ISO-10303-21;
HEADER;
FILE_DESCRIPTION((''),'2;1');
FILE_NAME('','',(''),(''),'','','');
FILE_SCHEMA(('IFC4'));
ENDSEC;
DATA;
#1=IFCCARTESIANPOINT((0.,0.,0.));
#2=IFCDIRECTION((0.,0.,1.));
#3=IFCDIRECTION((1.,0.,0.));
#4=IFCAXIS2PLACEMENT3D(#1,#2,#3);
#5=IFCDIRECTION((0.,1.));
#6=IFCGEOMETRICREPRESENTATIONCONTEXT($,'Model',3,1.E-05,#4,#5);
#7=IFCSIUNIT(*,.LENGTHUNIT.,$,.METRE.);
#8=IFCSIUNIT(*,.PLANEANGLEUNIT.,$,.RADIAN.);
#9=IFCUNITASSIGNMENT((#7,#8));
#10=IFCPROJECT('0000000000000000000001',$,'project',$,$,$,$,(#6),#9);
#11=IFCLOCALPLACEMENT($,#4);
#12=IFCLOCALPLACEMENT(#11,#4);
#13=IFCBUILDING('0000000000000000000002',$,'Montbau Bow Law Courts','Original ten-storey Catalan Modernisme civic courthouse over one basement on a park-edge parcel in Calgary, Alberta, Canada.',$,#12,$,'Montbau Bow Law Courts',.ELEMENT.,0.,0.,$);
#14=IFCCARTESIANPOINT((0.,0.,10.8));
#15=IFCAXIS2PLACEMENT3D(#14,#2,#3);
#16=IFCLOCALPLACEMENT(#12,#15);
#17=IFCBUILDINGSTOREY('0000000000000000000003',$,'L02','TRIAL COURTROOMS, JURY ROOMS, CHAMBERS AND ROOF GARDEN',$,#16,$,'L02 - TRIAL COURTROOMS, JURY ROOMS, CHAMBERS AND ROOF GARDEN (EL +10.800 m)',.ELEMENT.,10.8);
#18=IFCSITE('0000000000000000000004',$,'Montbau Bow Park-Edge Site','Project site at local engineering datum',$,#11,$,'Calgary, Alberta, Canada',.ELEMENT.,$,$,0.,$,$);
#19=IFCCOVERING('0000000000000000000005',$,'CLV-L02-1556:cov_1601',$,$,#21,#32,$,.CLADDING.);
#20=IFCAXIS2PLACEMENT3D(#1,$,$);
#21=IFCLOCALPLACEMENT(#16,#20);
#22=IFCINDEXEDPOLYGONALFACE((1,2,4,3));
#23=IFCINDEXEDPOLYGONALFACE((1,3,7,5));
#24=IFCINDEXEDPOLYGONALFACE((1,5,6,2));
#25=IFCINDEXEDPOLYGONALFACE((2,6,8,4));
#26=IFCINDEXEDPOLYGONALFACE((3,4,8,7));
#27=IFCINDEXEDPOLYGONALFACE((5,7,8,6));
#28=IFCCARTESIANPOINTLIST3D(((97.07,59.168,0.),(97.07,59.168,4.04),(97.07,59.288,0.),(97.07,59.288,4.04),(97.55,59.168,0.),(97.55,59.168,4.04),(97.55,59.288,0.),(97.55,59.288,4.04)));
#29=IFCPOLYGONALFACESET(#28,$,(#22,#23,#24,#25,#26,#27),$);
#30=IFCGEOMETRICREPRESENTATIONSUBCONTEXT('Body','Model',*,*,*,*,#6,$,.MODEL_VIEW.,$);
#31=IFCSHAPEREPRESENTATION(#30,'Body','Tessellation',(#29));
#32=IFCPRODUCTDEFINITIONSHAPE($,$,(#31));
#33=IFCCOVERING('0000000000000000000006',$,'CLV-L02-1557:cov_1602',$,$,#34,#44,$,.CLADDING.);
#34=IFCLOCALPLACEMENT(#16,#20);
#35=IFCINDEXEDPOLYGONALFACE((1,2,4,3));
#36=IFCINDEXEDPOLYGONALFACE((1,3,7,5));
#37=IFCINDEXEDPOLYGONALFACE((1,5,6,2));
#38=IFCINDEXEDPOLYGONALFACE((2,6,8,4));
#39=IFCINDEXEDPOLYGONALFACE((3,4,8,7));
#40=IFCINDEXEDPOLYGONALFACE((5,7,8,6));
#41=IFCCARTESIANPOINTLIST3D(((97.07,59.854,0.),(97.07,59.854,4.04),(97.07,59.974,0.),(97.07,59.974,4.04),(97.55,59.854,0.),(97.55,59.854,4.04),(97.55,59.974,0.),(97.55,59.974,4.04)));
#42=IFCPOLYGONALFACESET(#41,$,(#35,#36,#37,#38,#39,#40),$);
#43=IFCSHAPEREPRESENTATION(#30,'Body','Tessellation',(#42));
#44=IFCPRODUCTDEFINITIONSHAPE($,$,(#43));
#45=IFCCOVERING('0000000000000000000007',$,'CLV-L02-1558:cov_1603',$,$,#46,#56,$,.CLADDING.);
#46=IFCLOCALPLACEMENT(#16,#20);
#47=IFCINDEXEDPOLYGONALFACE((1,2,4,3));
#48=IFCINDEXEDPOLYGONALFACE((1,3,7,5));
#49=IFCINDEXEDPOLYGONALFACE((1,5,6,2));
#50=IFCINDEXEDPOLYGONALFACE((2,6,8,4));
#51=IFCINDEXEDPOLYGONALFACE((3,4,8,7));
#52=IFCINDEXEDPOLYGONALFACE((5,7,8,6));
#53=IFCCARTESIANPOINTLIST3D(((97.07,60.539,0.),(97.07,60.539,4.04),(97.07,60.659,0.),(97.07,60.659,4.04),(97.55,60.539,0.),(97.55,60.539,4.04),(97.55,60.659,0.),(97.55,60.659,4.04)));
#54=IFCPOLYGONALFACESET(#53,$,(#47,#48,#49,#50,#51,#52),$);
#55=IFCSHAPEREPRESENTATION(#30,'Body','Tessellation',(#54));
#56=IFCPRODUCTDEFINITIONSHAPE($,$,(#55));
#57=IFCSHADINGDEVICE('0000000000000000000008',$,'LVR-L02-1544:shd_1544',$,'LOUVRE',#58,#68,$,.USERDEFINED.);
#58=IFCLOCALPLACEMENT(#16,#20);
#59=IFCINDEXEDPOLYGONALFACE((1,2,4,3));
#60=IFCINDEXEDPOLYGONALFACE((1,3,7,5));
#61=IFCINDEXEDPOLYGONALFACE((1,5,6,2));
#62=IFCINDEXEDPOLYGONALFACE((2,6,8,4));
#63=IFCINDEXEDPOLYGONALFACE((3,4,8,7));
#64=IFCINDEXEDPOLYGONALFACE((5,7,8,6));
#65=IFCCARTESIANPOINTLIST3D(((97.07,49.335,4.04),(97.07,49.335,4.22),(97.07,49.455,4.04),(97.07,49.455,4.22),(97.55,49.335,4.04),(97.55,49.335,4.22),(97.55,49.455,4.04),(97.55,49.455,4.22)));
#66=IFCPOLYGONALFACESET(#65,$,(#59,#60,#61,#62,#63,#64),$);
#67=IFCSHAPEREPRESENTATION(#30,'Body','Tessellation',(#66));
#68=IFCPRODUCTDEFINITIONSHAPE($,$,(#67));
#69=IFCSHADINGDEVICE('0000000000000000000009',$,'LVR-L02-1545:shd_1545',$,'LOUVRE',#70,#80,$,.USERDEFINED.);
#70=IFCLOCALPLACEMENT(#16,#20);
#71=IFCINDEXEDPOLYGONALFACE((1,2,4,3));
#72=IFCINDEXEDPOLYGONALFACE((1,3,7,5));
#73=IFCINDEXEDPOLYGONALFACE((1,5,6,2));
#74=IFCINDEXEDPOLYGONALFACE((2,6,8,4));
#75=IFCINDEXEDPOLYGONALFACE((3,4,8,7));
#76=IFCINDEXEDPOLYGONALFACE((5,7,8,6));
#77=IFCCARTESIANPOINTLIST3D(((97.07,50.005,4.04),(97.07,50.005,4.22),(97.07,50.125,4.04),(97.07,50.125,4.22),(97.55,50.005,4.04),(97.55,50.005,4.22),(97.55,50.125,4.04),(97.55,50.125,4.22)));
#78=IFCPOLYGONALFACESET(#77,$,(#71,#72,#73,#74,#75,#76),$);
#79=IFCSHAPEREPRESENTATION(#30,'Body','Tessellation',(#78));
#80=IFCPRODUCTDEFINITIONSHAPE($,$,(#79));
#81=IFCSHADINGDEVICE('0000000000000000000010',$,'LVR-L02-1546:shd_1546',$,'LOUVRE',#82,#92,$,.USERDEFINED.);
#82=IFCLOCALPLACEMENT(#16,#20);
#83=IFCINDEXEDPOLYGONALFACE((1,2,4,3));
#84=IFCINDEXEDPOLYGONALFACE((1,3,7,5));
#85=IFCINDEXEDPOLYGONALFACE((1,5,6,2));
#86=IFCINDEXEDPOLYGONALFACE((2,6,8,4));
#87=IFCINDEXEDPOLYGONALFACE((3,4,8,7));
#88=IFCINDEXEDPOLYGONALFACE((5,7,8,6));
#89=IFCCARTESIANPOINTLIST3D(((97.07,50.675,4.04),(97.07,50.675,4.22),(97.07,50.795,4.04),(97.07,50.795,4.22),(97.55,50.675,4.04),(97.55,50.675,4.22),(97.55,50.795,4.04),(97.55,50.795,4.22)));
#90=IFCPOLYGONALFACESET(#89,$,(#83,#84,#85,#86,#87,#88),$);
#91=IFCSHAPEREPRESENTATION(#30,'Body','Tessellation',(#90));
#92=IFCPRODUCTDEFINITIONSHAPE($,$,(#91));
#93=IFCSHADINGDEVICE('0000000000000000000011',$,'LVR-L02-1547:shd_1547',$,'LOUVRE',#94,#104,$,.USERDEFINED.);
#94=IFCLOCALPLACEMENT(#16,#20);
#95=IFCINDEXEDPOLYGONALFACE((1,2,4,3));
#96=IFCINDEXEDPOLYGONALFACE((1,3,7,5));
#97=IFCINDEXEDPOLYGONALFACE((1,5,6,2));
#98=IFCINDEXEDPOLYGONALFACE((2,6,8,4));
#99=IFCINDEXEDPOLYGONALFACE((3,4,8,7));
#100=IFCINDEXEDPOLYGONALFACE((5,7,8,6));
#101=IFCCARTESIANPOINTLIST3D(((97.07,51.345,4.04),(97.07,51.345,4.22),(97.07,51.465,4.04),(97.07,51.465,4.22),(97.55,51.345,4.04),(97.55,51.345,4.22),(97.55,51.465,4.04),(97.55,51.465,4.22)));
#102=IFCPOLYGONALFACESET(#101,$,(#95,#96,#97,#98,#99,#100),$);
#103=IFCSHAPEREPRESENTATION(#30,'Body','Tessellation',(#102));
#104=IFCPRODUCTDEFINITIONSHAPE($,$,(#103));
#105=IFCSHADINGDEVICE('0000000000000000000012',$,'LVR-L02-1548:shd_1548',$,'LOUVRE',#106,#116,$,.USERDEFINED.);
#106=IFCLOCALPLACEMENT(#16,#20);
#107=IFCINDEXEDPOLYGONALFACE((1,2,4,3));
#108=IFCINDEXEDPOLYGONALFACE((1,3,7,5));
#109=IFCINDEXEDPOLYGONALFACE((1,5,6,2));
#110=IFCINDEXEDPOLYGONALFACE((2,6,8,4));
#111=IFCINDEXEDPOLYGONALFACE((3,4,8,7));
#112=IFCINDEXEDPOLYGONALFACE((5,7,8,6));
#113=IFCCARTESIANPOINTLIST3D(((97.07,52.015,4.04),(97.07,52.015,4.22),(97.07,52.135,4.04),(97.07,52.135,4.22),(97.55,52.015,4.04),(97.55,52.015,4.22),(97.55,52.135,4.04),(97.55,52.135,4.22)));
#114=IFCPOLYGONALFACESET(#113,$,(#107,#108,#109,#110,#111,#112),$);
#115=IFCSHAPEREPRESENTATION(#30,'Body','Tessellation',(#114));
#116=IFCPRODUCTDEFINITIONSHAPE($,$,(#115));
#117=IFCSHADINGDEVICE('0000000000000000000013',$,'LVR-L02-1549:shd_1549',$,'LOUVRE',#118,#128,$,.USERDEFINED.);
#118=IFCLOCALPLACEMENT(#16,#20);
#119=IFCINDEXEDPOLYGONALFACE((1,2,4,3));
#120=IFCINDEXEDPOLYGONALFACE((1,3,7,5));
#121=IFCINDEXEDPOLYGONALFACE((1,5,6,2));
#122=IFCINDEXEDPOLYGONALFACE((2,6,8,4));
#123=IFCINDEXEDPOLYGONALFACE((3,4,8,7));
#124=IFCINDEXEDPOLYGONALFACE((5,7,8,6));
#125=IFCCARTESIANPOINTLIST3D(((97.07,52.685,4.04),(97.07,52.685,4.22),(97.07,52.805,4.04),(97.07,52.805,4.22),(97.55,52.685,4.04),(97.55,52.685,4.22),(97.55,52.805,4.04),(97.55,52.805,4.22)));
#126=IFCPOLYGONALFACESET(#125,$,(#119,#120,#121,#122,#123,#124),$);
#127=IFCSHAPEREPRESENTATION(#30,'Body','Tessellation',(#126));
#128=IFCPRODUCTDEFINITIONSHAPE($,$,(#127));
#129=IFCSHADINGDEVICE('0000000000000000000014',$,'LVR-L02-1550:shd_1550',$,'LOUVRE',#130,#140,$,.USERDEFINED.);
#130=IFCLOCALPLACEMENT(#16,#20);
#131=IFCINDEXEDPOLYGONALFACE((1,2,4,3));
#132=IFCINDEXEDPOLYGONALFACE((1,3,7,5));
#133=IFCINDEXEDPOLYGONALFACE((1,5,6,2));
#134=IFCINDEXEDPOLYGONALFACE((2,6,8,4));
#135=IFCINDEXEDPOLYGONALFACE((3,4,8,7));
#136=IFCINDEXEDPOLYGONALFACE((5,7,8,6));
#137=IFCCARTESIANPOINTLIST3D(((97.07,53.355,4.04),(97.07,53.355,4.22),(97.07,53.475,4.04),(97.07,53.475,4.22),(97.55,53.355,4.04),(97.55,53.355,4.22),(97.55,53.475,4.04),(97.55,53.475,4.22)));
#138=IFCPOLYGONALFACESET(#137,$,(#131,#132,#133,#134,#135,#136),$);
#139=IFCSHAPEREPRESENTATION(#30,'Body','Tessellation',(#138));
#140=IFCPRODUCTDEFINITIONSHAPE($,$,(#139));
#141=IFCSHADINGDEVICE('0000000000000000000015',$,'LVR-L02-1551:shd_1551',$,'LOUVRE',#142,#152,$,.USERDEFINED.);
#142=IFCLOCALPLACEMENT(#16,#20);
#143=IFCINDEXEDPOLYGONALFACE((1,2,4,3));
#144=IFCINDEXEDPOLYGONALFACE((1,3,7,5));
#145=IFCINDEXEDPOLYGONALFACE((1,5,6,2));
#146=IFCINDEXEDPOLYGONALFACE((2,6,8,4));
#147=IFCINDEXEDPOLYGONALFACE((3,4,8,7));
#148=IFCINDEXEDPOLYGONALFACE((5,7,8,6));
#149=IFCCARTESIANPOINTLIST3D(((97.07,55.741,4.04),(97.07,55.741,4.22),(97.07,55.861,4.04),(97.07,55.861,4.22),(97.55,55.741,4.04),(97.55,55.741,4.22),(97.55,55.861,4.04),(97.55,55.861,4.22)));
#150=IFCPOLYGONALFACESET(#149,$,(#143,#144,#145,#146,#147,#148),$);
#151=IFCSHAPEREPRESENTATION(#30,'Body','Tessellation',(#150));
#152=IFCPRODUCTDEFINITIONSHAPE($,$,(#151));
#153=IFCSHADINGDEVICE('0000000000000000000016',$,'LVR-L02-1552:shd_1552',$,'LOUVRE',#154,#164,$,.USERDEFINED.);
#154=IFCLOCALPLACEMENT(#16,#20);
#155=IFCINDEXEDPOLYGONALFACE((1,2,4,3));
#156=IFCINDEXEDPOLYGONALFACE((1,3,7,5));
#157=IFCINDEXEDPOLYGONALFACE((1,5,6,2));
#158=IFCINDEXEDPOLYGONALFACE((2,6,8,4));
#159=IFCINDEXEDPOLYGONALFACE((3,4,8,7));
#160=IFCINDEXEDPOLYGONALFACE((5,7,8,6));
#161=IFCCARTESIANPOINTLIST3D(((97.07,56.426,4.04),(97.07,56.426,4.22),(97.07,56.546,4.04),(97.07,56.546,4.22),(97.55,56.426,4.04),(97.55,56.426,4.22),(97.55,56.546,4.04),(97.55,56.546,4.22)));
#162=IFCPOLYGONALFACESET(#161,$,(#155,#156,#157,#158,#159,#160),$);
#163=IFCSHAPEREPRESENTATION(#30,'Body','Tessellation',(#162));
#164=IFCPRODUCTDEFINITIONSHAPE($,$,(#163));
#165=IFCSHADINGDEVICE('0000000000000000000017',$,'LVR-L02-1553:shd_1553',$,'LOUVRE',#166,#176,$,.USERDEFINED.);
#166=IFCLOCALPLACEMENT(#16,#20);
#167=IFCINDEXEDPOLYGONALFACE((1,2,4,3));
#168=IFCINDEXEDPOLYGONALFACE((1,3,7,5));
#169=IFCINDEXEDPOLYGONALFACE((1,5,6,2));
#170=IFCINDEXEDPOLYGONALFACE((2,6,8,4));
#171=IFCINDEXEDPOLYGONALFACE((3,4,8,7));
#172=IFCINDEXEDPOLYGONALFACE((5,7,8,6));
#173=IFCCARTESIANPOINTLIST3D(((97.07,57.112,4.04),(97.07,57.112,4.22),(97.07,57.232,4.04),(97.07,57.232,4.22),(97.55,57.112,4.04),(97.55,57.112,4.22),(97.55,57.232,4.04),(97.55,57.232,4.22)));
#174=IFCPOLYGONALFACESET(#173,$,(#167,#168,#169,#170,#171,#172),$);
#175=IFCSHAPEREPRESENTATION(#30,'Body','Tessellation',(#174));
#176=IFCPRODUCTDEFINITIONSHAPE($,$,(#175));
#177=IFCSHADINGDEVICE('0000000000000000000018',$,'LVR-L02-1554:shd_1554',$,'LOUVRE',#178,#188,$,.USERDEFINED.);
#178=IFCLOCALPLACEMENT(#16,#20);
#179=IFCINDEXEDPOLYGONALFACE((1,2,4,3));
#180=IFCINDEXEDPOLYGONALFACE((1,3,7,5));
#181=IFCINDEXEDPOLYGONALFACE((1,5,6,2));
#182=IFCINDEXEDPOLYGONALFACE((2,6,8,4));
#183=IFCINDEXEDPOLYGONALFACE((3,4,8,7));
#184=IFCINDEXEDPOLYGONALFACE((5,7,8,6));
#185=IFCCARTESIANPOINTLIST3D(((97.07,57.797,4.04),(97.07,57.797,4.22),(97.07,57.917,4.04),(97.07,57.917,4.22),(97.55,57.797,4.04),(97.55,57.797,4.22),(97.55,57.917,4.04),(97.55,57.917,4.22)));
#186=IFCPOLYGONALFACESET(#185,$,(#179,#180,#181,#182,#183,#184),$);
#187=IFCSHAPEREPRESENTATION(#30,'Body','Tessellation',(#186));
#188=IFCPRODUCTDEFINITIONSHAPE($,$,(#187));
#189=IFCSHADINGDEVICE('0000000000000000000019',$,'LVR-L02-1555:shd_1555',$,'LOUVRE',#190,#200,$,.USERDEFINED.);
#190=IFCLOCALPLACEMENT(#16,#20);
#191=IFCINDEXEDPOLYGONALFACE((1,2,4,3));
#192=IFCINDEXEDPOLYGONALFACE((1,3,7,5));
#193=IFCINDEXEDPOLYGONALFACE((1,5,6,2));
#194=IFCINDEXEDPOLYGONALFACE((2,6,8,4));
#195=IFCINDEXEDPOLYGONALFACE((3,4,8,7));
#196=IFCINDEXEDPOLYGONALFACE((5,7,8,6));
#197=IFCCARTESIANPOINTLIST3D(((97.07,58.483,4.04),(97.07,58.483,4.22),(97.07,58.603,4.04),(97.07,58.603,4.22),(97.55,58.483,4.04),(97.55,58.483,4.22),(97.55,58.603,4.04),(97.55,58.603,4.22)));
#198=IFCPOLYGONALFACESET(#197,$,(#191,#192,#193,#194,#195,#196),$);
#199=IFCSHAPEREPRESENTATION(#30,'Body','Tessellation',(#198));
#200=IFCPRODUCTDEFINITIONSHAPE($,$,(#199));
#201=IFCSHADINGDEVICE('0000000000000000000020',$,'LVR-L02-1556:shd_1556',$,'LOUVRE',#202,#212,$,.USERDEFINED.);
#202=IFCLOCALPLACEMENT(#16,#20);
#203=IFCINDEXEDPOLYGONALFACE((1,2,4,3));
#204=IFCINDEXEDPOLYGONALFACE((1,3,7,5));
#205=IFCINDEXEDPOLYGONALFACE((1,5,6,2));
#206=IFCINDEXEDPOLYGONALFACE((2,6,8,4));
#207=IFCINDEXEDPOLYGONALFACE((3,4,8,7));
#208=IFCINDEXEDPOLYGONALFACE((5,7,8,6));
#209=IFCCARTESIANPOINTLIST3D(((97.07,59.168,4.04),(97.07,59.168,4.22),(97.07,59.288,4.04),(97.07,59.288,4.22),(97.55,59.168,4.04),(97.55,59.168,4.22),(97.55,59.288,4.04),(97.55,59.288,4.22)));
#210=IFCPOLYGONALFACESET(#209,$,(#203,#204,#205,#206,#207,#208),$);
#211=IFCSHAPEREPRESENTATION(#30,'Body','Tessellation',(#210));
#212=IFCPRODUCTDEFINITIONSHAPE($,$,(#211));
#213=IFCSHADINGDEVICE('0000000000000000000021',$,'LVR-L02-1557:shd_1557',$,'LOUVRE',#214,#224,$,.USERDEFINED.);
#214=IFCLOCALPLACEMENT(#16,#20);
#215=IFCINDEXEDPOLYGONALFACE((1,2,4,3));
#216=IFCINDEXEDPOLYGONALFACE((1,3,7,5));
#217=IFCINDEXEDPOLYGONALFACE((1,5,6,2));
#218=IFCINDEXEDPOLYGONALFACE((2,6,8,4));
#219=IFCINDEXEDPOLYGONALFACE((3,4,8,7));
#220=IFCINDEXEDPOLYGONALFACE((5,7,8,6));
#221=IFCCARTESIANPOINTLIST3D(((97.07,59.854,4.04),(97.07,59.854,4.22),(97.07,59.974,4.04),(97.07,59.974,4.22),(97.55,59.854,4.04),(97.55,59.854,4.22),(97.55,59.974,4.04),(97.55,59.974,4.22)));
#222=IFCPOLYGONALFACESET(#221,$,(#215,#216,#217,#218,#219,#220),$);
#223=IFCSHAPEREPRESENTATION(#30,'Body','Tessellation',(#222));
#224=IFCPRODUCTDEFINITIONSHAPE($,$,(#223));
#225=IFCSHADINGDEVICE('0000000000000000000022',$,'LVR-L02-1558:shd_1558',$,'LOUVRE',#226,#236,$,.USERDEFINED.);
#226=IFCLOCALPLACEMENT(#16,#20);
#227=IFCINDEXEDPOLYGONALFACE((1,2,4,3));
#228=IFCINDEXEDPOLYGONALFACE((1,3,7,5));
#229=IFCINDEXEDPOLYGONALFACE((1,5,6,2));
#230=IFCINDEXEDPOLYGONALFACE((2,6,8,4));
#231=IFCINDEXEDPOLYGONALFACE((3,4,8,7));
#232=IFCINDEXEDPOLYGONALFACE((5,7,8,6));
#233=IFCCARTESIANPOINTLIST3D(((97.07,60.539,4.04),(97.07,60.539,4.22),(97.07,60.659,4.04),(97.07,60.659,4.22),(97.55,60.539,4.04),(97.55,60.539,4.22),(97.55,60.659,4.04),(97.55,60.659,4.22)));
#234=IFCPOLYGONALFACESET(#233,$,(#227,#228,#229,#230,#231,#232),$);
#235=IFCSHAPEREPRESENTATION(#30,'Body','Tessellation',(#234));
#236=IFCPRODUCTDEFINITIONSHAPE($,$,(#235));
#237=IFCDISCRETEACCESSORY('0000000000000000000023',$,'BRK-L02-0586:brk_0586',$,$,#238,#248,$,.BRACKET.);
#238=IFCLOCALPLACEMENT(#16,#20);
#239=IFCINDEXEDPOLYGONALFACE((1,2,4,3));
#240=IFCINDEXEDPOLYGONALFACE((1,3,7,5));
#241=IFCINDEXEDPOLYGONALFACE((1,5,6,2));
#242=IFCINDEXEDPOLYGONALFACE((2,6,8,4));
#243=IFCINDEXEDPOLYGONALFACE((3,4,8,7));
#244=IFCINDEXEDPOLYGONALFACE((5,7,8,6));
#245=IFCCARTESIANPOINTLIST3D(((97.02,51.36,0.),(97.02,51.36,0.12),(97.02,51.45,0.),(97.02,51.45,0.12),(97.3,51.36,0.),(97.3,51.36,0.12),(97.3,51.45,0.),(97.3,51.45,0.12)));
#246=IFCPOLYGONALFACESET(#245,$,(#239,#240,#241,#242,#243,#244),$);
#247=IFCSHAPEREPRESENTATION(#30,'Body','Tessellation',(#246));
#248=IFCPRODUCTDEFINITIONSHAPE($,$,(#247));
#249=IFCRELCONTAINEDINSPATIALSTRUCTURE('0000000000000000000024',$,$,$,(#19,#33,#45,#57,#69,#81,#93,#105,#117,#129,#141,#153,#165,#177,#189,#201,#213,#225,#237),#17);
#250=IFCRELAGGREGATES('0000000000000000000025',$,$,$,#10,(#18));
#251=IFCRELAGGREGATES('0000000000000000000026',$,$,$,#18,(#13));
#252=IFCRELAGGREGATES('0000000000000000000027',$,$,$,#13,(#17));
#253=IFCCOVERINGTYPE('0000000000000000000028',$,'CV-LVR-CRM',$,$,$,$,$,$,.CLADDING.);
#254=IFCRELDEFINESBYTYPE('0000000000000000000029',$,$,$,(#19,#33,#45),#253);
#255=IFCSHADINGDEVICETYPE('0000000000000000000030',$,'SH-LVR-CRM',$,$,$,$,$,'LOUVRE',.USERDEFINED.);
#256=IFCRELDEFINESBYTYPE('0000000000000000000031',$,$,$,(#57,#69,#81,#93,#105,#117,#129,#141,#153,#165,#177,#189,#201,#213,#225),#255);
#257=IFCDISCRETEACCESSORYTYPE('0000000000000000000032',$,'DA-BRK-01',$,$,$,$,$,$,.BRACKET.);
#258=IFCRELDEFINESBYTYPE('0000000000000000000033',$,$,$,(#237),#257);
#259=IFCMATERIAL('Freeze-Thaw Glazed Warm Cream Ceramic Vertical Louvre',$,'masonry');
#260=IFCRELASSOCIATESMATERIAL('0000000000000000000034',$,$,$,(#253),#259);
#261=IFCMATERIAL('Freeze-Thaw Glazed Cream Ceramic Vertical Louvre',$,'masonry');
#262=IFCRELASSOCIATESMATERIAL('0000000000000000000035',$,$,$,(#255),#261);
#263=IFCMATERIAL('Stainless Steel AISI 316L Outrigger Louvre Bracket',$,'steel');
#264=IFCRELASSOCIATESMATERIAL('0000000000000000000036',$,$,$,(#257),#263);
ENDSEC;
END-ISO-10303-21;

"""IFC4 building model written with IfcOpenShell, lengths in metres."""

from ifc_helpers import new_model, si_unit, direction, frame, frame_2d, origin_with_axes, origin_2d_with_axis, place, context, subcontext, project, spatial, rectangle, extrude, material, type_object, element, save


model = new_model("IFC4")

# Units and contexts
model_context = context("Model", 3, precision=1e-05, world=origin_with_axes(), true_north=direction((0.0, 1.0)))
body_context = subcontext(model_context, "Body", "Model", "MODEL_VIEW")
ifc_project = project(units=[si_unit("LENGTHUNIT", "METRE"), si_unit("PLANEANGLEUNIT", "RADIAN")], contexts=[model_context])

# Site, building, storey
site_placement = place(None, origin_with_axes())
site = spatial("IfcSite", under=ifc_project, at=site_placement, Name="Montbau Bow Park-Edge Site", Description="Project site at local engineering datum", LongName="Calgary, Alberta, Canada", CompositionType="ELEMENT", RefElevation=0.0)
building_placement = place(site_placement, origin_with_axes())
building = spatial("IfcBuilding", under=site, at=building_placement, Name="Montbau Bow Law Courts", Description="Original ten-storey Catalan Modernisme civic courthouse over one basement on a park-edge parcel in Calgary, Alberta, Canada.", LongName="Montbau Bow Law Courts", CompositionType="ELEMENT", ElevationOfRefHeight=0.0, ElevationOfTerrain=0.0)
storey_placement = place(building_placement, frame((0.0, 0.0, 10.8), z_axis=(0.0, 0.0, 1.0), x_axis=(1.0, 0.0, 0.0)))
storey = spatial("IfcBuildingStorey", under=building, at=storey_placement, Name="L02", Description="TRIAL COURTROOMS, JURY ROOMS, CHAMBERS AND ROOF GARDEN", LongName="L02 - TRIAL COURTROOMS, JURY ROOMS, CHAMBERS AND ROOF GARDEN (EL +10.800 m)", CompositionType="ELEMENT", Elevation=10.8)

# Coverings
ifc_material_1 = material(Name="Freeze-Thaw Glazed Warm Cream Ceramic Vertical Louvre", Category="masonry")
covering_type = type_object("IfcCoveringType", Name="CV-LVR-CRM", PredefinedType="CLADDING", material=ifc_material_1)
for number, where, z_axis, x_axis, name in (
    (1, (97.07, 59.228, 10.8), (0.0, -1.0, 0.0), (1.0, 0.0, 0.0), "CLV-L02-1556:cov_1601"),
    (2, (97.07, 59.914, 10.8), (0.0, -1.0, 0.0), (1.0, 0.0, 0.0), "CLV-L02-1557:cov_1602"),
    (3, (97.07, 60.599, 10.8), (0.0, -1.0, 0.0), (1.0, 0.0, 0.0), "CLV-L02-1558:cov_1603"),
):
    element("IfcCovering", number, at=place(None, frame(where, z_axis=z_axis, x_axis=x_axis)), inside=storey, type_object=covering_type, Name=name, PredefinedType="CLADDING", context=body_context, shape_type="SweptSolid", body=[
        extrude(rectangle(XDim=0.48, YDim=4.04, at=frame_2d((0.24, 2.02), x_axis=(1.0, 0.0))), frame((0.0, 0.0, -0.06), z_axis=(0.0, 0.0, 1.0), x_axis=(1.0, 0.0, 0.0)), (0.0, 0.0, 1.0), 0.12),
    ])

# Shading devices
ifc_material_2 = material(Name="Freeze-Thaw Glazed Cream Ceramic Vertical Louvre", Category="masonry")
shading_device_type = type_object("IfcShadingDeviceType", Name="SH-LVR-CRM", ElementType="LOUVRE", PredefinedType="USERDEFINED", material=ifc_material_2)
for number, where, z_axis, x_axis, name in (
    (4, (97.31, 49.395, 14.84), (0.0, 0.0, 1.0), (1.0, 0.0, 0.0), "LVR-L02-1544:shd_1544"),
    (5, (97.31, 50.065, 14.84), (0.0, 0.0, 1.0), (1.0, 0.0, 0.0), "LVR-L02-1545:shd_1545"),
    (6, (97.31, 50.735, 14.84), (0.0, 0.0, 1.0), (1.0, 0.0, 0.0), "LVR-L02-1546:shd_1546"),
    (7, (97.31, 51.405, 14.84), (0.0, 0.0, 1.0), (1.0, 0.0, 0.0), "LVR-L02-1547:shd_1547"),
    (8, (97.31, 52.075, 14.84), (0.0, 0.0, 1.0), (1.0, 0.0, 0.0), "LVR-L02-1548:shd_1548"),
    (9, (97.31, 52.745, 14.84), (0.0, 0.0, 1.0), (1.0, 0.0, 0.0), "LVR-L02-1549:shd_1549"),
    (10, (97.31, 53.415, 14.84), (0.0, 0.0, 1.0), (1.0, 0.0, 0.0), "LVR-L02-1550:shd_1550"),
    (11, (97.31, 55.801, 14.84), (0.0, 0.0, 1.0), (1.0, 0.0, 0.0), "LVR-L02-1551:shd_1551"),
    (12, (97.31, 56.486, 14.84), (0.0, 0.0, 1.0), (1.0, 0.0, 0.0), "LVR-L02-1552:shd_1552"),
    (13, (97.31, 57.172, 14.84), (0.0, 0.0, 1.0), (1.0, 0.0, 0.0), "LVR-L02-1553:shd_1553"),
    (14, (97.31, 57.857, 14.84), (0.0, 0.0, 1.0), (1.0, 0.0, 0.0), "LVR-L02-1554:shd_1554"),
    (15, (97.31, 58.543, 14.84), (0.0, 0.0, 1.0), (1.0, 0.0, 0.0), "LVR-L02-1555:shd_1555"),
    (16, (97.31, 59.228, 14.84), (0.0, 0.0, 1.0), (1.0, 0.0, 0.0), "LVR-L02-1556:shd_1556"),
    (17, (97.31, 59.914, 14.84), (0.0, 0.0, 1.0), (1.0, 0.0, 0.0), "LVR-L02-1557:shd_1557"),
    (18, (97.31, 60.599, 14.84), (0.0, 0.0, 1.0), (1.0, 0.0, 0.0), "LVR-L02-1558:shd_1558"),
):
    element("IfcShadingDevice", number, at=place(None, frame(where, z_axis=z_axis, x_axis=x_axis)), inside=storey, type_object=shading_device_type, Name=name, ObjectType="LOUVRE", PredefinedType="USERDEFINED", context=body_context, shape_type="SweptSolid", body=[
        extrude(rectangle(XDim=0.48, YDim=0.12, at=origin_2d_with_axis()), origin_with_axes(), (0.0, 0.0, 1.0), 0.18),
    ])

# Discrete accessory
ifc_material_3 = material(Name="Stainless Steel AISI 316L Outrigger Louvre Bracket", Category="steel")
discrete_accessory_type = type_object("IfcDiscreteAccessoryType", Name="DA-BRK-01", PredefinedType="BRACKET", material=ifc_material_3)
for number, where, z_axis, x_axis, name in (
    (19, (97.16, 51.405, 10.8), (0.0, 0.0, 1.0), (1.0, 0.0, 0.0), "BRK-L02-0586:brk_0586"),
):
    element("IfcDiscreteAccessory", number, at=place(None, frame(where, z_axis=z_axis, x_axis=x_axis)), inside=storey, type_object=discrete_accessory_type, Name=name, PredefinedType="BRACKET", context=body_context, shape_type="SweptSolid", body=[
        extrude(rectangle(XDim=0.28, YDim=0.09, at=origin_2d_with_axis()), origin_with_axes(), (0.0, 0.0, 1.0), 0.12),
    ])

save(model, "model.ifc")
